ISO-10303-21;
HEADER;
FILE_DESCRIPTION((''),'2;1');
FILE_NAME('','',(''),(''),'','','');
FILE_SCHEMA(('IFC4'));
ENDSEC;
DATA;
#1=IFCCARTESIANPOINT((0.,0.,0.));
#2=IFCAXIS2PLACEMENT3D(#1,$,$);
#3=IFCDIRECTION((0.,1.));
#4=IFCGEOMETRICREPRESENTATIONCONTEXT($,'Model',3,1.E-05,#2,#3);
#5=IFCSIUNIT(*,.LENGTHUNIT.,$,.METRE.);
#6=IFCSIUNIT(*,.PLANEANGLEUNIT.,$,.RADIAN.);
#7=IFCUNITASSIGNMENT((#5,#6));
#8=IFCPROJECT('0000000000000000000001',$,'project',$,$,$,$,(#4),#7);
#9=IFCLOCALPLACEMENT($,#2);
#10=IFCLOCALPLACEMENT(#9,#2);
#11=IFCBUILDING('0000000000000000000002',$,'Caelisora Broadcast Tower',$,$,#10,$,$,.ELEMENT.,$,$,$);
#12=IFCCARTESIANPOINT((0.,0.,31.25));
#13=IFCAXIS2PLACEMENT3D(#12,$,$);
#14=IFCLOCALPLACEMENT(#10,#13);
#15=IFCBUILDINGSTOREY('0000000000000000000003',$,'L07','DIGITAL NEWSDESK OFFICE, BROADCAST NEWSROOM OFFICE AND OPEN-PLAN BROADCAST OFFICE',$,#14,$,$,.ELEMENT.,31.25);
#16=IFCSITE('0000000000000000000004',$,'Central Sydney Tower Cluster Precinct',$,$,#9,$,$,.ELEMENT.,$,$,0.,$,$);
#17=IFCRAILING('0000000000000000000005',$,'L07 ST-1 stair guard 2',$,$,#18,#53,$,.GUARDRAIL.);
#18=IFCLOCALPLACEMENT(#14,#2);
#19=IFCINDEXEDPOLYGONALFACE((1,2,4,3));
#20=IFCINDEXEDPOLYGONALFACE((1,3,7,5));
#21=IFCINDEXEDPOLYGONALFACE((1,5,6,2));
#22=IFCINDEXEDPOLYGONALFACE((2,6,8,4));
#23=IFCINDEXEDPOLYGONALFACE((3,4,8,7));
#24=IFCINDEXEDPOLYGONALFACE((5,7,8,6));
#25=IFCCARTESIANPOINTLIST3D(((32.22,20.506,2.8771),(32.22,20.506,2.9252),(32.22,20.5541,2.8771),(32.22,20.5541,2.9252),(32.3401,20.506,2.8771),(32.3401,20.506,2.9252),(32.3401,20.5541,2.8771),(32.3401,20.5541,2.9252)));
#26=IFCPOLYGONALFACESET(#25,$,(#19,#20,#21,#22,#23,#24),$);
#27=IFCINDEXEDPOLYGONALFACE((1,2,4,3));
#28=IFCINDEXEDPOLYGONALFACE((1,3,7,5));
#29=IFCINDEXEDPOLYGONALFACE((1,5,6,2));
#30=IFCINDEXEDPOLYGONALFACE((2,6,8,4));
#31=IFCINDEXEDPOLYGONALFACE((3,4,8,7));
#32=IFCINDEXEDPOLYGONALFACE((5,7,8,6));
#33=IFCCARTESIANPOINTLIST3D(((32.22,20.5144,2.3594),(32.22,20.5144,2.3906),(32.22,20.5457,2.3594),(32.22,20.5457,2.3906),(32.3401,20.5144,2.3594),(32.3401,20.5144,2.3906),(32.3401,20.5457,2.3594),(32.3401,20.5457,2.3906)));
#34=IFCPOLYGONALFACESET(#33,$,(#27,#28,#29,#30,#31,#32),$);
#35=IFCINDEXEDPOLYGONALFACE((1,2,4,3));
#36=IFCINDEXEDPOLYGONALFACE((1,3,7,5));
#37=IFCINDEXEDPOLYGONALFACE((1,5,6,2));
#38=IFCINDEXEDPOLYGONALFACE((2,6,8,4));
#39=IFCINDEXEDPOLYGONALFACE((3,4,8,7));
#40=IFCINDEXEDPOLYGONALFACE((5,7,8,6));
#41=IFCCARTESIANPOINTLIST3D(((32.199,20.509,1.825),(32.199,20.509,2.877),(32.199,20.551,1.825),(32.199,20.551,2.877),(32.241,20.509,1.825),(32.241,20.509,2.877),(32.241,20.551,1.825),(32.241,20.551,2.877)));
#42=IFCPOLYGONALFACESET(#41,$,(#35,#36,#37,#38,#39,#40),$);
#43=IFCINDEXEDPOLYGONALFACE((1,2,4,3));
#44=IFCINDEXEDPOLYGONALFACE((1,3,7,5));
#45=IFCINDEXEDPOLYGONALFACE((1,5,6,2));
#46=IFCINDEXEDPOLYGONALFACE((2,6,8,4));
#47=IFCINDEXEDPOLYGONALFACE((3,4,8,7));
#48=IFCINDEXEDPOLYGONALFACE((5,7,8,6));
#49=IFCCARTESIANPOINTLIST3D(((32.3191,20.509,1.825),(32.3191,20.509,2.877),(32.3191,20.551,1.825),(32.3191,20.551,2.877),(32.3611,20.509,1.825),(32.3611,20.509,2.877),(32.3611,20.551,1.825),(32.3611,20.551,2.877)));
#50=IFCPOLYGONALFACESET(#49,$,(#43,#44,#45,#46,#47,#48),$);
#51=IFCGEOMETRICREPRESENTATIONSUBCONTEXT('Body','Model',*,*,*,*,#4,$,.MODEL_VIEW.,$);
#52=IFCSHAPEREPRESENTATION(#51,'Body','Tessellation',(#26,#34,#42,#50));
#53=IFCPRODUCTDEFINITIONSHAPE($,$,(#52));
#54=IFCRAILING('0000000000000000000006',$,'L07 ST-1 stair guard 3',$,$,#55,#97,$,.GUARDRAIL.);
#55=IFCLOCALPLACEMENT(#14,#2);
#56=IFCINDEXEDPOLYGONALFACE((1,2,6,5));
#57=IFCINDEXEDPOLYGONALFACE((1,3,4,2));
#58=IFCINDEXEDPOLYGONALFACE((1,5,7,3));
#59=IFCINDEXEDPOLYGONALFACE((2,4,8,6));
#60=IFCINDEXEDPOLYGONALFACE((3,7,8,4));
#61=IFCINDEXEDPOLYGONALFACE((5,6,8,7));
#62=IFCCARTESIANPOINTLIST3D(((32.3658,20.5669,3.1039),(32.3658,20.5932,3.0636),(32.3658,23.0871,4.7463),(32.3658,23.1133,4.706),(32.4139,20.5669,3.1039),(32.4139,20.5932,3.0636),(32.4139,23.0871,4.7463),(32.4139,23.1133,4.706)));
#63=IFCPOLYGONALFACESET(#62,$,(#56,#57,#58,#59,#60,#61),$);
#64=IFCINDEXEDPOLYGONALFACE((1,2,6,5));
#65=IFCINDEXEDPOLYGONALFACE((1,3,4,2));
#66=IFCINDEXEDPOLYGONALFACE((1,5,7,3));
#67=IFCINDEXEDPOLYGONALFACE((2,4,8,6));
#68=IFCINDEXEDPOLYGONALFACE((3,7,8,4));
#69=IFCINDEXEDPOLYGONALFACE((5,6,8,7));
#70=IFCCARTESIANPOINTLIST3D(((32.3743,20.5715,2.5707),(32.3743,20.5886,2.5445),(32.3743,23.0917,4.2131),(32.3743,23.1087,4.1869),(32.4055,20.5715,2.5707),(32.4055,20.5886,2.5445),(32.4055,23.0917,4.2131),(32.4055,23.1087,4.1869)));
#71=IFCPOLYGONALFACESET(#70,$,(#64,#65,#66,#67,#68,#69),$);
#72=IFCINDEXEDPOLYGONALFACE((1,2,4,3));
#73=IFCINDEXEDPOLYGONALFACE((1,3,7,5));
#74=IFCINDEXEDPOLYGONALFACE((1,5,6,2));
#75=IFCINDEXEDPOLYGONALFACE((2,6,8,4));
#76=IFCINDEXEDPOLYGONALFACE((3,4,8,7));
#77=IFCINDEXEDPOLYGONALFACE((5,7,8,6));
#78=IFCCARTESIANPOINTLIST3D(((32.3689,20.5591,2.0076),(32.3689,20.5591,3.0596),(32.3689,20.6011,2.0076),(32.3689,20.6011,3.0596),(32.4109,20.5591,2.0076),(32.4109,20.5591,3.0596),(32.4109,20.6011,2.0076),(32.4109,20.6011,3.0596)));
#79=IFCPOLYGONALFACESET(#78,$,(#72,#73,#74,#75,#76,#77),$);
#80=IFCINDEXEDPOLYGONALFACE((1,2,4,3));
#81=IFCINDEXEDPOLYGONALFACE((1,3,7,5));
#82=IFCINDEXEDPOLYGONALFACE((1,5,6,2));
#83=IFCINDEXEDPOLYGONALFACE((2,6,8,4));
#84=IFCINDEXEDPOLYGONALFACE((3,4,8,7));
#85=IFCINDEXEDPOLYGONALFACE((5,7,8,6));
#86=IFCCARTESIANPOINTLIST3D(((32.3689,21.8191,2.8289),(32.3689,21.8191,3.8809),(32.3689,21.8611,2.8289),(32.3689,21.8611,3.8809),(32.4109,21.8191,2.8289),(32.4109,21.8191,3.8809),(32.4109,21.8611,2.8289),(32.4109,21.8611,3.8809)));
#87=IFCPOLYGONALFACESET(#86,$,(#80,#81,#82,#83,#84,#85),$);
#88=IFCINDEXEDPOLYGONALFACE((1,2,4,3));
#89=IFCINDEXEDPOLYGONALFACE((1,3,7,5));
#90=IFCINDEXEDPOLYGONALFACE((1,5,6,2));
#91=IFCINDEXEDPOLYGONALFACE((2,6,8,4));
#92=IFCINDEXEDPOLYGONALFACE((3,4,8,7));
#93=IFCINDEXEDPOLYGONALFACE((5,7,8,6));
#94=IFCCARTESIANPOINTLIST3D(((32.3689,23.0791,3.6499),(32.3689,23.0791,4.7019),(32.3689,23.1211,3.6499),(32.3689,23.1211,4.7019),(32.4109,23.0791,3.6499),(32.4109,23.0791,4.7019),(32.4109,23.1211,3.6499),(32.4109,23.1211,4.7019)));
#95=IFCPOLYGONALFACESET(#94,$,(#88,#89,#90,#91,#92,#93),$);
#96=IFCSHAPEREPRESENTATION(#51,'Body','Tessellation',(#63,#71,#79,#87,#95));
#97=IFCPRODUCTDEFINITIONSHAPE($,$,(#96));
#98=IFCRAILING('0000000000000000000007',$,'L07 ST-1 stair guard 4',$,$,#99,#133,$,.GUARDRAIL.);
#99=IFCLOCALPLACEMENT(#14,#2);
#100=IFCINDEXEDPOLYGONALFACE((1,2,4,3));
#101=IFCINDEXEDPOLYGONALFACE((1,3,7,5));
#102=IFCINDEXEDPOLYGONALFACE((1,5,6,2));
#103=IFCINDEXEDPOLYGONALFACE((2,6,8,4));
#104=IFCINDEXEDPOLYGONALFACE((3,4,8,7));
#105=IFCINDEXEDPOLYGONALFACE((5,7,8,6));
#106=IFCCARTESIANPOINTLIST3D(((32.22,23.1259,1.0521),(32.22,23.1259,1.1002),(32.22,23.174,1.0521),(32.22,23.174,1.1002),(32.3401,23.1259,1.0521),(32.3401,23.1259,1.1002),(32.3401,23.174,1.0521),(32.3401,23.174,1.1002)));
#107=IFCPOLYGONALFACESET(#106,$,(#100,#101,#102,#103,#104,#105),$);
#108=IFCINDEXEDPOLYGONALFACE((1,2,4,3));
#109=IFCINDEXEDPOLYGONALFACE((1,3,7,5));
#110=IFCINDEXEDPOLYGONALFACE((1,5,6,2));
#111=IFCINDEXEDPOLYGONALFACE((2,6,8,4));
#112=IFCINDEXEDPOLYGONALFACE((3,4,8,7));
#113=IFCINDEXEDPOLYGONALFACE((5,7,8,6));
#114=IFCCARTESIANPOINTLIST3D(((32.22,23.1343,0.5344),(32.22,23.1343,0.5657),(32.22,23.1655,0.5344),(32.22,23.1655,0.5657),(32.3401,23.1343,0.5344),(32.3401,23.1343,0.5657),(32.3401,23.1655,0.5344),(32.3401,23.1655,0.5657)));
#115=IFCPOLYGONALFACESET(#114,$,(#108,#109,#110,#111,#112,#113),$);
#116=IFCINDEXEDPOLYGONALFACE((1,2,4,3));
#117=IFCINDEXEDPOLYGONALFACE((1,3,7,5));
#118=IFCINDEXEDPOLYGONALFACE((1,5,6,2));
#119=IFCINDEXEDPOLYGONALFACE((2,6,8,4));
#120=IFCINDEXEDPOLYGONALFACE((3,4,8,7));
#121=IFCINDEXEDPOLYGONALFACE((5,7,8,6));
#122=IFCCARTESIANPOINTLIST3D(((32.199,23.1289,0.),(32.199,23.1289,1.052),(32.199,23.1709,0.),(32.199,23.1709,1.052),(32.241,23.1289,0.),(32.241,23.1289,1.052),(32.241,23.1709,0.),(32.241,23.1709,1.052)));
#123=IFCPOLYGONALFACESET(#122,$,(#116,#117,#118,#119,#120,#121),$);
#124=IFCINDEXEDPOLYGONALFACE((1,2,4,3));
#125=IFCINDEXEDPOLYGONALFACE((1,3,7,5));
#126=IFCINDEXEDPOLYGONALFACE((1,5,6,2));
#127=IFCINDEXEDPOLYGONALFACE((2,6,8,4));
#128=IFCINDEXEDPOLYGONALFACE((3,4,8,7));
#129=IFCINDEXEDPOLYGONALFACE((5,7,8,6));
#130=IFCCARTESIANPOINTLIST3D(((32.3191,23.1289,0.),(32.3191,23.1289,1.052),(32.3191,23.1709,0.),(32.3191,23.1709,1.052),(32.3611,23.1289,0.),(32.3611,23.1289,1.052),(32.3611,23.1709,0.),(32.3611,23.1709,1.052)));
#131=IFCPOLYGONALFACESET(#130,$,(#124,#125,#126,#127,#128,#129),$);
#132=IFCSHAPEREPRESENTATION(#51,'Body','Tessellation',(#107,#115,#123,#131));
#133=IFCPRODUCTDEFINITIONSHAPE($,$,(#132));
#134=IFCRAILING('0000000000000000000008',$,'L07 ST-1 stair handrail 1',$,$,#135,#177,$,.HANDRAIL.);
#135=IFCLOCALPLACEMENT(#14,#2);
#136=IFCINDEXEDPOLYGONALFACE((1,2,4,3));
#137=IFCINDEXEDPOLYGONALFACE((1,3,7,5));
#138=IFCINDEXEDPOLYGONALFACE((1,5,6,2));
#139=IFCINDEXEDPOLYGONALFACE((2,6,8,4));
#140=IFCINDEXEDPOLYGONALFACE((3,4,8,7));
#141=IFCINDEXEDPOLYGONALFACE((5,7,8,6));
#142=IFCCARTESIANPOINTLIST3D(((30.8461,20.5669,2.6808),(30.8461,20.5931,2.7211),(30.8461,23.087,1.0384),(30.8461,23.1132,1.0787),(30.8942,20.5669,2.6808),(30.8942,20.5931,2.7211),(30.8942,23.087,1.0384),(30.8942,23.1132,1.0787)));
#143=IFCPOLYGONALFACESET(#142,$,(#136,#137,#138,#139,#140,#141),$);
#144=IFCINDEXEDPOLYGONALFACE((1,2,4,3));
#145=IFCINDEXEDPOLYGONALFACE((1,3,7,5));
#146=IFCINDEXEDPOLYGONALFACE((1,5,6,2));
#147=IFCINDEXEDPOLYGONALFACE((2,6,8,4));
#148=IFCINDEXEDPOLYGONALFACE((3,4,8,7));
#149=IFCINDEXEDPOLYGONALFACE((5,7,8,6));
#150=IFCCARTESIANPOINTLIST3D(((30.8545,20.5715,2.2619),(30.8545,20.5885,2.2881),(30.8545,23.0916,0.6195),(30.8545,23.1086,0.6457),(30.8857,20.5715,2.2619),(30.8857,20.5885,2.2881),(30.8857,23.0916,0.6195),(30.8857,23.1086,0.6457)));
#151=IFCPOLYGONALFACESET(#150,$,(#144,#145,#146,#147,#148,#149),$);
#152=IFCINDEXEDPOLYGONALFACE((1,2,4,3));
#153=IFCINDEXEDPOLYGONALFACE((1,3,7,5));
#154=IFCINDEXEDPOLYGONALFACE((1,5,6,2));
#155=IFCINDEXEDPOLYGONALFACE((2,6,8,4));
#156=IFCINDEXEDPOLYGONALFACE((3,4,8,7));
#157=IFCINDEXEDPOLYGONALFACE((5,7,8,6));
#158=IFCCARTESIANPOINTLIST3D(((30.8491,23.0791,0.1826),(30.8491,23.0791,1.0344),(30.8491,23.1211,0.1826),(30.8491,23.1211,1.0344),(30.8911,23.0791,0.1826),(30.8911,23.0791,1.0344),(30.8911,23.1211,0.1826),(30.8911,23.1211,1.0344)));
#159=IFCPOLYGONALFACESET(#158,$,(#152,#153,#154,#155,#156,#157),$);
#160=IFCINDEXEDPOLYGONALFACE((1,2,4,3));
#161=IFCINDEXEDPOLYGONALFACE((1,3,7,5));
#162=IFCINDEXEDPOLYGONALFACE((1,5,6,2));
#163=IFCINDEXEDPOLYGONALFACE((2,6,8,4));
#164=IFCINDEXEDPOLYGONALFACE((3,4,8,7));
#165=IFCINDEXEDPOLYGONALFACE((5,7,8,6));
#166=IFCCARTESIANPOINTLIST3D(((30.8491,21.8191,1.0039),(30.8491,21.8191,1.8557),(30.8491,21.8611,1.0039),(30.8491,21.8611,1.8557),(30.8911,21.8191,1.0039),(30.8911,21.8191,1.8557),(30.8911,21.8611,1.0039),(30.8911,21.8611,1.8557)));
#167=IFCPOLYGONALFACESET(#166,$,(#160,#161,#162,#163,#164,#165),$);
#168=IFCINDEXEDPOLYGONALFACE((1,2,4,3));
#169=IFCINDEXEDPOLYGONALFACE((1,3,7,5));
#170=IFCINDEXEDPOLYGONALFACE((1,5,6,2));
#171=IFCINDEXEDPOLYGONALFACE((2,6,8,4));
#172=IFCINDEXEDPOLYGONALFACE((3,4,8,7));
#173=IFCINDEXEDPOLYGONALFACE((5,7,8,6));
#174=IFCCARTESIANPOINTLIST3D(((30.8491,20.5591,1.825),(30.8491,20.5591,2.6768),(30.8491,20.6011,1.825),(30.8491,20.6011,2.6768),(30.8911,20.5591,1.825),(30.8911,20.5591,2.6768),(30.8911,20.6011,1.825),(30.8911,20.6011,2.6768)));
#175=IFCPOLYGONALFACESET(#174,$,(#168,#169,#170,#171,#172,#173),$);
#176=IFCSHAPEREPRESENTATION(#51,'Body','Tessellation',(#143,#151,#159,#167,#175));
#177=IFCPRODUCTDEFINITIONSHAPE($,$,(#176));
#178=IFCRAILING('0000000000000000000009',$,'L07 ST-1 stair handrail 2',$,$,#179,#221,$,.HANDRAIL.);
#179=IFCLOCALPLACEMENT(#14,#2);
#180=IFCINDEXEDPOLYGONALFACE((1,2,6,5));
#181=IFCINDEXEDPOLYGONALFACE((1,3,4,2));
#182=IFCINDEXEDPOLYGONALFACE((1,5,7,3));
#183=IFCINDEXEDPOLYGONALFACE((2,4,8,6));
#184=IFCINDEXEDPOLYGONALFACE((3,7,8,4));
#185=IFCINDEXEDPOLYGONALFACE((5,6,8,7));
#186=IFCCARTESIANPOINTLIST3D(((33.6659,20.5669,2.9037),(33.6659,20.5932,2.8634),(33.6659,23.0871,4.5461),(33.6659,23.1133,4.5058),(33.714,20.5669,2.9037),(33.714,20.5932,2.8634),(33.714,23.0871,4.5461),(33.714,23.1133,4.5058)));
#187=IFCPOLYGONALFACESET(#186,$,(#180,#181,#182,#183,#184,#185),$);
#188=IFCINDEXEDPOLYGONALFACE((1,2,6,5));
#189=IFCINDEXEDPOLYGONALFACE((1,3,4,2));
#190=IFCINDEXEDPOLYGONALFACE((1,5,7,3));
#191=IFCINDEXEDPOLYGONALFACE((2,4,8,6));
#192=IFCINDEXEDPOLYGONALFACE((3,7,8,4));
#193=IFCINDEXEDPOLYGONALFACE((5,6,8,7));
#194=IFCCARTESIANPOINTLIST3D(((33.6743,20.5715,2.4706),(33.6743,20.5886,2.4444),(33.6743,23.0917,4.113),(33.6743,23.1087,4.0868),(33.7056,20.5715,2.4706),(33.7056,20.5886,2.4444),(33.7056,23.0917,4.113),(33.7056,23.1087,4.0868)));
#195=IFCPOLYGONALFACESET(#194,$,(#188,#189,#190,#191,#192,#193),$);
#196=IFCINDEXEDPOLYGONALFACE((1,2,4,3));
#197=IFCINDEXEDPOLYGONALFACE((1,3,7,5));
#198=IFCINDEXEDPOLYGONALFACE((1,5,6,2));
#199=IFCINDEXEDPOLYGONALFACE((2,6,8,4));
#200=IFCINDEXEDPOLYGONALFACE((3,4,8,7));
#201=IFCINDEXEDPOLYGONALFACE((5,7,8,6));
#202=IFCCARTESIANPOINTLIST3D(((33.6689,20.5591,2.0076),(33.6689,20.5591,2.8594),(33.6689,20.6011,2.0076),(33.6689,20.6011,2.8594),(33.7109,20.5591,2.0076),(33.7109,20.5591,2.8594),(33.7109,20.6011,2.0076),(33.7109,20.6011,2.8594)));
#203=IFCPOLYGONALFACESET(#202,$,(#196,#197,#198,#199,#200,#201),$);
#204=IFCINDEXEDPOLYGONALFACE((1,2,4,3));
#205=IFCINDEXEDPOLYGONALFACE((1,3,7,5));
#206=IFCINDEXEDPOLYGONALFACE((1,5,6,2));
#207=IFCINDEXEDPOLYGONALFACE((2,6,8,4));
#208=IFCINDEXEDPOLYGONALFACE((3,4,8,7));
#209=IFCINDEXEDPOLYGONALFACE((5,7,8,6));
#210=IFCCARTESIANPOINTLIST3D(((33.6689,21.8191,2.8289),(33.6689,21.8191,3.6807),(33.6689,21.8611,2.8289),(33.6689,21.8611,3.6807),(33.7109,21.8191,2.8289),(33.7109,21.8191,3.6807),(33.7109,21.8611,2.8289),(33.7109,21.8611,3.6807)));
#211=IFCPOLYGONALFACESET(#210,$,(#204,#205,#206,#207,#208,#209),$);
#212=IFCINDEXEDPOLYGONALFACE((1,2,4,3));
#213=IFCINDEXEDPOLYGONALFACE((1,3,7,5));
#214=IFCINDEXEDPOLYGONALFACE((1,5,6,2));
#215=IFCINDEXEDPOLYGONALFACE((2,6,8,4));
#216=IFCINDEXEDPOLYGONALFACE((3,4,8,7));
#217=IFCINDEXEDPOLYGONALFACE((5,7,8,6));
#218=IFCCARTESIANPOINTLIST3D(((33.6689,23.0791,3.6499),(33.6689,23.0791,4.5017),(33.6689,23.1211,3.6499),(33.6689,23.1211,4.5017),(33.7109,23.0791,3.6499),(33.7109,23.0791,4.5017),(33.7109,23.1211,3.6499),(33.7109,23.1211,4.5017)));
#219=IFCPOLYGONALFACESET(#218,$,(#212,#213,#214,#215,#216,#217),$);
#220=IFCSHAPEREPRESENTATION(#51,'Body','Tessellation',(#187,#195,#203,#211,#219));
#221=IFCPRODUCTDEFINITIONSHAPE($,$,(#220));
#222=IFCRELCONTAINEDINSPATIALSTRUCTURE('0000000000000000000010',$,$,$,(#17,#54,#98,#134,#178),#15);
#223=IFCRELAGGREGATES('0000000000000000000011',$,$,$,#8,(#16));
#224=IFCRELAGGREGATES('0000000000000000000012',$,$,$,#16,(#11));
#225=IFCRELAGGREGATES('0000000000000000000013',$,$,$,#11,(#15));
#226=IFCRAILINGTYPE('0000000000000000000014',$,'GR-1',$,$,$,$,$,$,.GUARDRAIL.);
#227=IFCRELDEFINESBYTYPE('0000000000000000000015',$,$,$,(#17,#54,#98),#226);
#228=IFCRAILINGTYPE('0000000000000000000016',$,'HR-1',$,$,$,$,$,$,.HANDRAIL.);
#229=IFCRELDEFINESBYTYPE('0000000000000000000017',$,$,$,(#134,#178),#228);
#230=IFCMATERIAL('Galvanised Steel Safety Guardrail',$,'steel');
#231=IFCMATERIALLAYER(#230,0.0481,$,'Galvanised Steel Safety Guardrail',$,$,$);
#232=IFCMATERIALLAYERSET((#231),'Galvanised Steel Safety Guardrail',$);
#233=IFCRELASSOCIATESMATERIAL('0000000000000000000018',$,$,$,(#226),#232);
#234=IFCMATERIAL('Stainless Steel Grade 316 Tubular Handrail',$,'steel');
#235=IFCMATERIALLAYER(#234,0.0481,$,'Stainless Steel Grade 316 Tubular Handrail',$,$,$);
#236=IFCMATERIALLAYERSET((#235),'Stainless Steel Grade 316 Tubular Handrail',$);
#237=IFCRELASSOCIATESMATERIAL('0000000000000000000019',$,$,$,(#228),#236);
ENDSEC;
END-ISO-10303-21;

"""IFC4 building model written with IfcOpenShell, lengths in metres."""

from ifc_helpers import new_model, si_unit, direction, frame, origin, origin_2d, place, context, subcontext, project, spatial, rectangle, extrude, material, layer, layer_set, type_object, element, save


model = new_model("IFC4")

# Units and contexts
model_context = context("Model", 3, precision=1e-05, world=origin(), true_north=direction((0.0, 1.0)))
body_context = subcontext(model_context, "Body", "Model", "MODEL_VIEW")
ifc_project = project(units=[si_unit("LENGTHUNIT", "METRE"), si_unit("PLANEANGLEUNIT", "RADIAN")], contexts=[model_context])

# Site, building, storey
site_placement = place(None, origin())
site = spatial("IfcSite", under=ifc_project, at=site_placement, Name="Central Sydney Tower Cluster Precinct", CompositionType="ELEMENT", RefElevation=0.0)
building_placement = place(site_placement, origin())
building = spatial("IfcBuilding", under=site, at=building_placement, Name="Caelisora Broadcast Tower", CompositionType="ELEMENT")
storey_placement = place(building_placement, frame((0.0, 0.0, 31.25)))
storey = spatial("IfcBuildingStorey", under=building, at=storey_placement, Name="L07", Description="DIGITAL NEWSDESK OFFICE, BROADCAST NEWSROOM OFFICE AND OPEN-PLAN BROADCAST OFFICE", CompositionType="ELEMENT", Elevation=31.25)

# Railings
ifc_material_1 = material(Name="Galvanised Steel Safety Guardrail", Category="steel")
ifc_layer_1 = layer(ifc_material_1, 0.0481, Name="Galvanised Steel Safety Guardrail")
ifc_layer_set_1 = layer_set([ifc_layer_1], Name="Galvanised Steel Safety Guardrail")
railing_type_1 = type_object("IfcRailingType", Name="GR-1", PredefinedType="GUARDRAIL", material=ifc_layer_set_1)
railing_1_placement = place(storey_placement, frame((32.22, 20.53, 1.825)))
element("IfcRailing", 1, at=railing_1_placement, inside=storey, type_object=railing_type_1, Name="L07 ST-1 stair guard 2", PredefinedType="GUARDRAIL", context=body_context, shape_type="SweptSolid", body=[
    extrude(rectangle(XDim=0.0481, YDim=0.0481, at=origin_2d()), frame((0.0, 0.0, 1.0762), z_axis=(1.0, 0.0, 0.0), x_axis=(0.0, 1.0, 0.0)), (0.0, 0.0, 1.0), 0.1201),
    extrude(rectangle(XDim=0.0312, YDim=0.0312, at=origin_2d()), frame((0.0, 0.0, 0.55), z_axis=(1.0, 0.0, 0.0), x_axis=(0.0, 1.0, 0.0)), (0.0, 0.0, 1.0), 0.1201),
    extrude(rectangle(XDim=0.042, YDim=0.042, at=origin_2d()), origin(), (0.0, 0.0, 1.0), 1.052),
    extrude(rectangle(XDim=0.042, YDim=0.042, at=origin_2d()), frame((0.1201, 0.0, 0.0)), (0.0, 0.0, 1.0), 1.052),
])
railing_2_placement = place(storey_placement, frame((32.3899, 20.5801, 2.0076)))
element("IfcRailing", 2, at=railing_2_placement, inside=storey, type_object=railing_type_1, Name="L07 ST-1 stair guard 3", PredefinedType="GUARDRAIL", context=body_context, shape_type="SweptSolid", body=[
    extrude(rectangle(XDim=0.0481, YDim=0.0481, at=origin_2d()), frame((0.0, 0.0, 1.0762), z_axis=(0.0, 0.837787, 0.545998), x_axis=(-1.0, 0.0, 0.0)), (0.0, 0.0, 1.0), 3.0081),
    extrude(rectangle(XDim=0.0312, YDim=0.0312, at=origin_2d()), frame((0.0, 0.0, 0.55), z_axis=(0.0, 0.837787, 0.545998), x_axis=(-1.0, 0.0, 0.0)), (0.0, 0.0, 1.0), 3.0081),
    extrude(rectangle(XDim=0.042, YDim=0.042, at=origin_2d()), origin(), (0.0, 0.0, 1.0), 1.052),
    extrude(rectangle(XDim=0.042, YDim=0.042, at=origin_2d()), frame((0.0, 1.26, 0.8213)), (0.0, 0.0, 1.0), 1.052),
    extrude(rectangle(XDim=0.042, YDim=0.042, at=origin_2d()), frame((0.0, 2.52, 1.6423)), (0.0, 0.0, 1.0), 1.052),
])
railing_3_placement = place(storey_placement, frame((32.22, 23.1499, 0.0)))
element("IfcRailing", 3, at=railing_3_placement, inside=storey, type_object=railing_type_1, Name="L07 ST-1 stair guard 4", PredefinedType="GUARDRAIL", context=body_context, shape_type="SweptSolid", body=[
    extrude(rectangle(XDim=0.0481, YDim=0.0481, at=origin_2d()), frame((0.0, 0.0, 1.0762), z_axis=(1.0, 0.0, 0.0), x_axis=(0.0, 1.0, 0.0)), (0.0, 0.0, 1.0), 0.1201),
    extrude(rectangle(XDim=0.0312, YDim=0.0312, at=origin_2d()), frame((0.0, 0.0, 0.55), z_axis=(1.0, 0.0, 0.0), x_axis=(0.0, 1.0, 0.0)), (0.0, 0.0, 1.0), 0.1201),
    extrude(rectangle(XDim=0.042, YDim=0.042, at=origin_2d()), origin(), (0.0, 0.0, 1.0), 1.052),
    extrude(rectangle(XDim=0.042, YDim=0.042, at=origin_2d()), frame((0.1201, 0.0, 0.0)), (0.0, 0.0, 1.0), 1.052),
])
ifc_material_2 = material(Name="Stainless Steel Grade 316 Tubular Handrail", Category="steel")
ifc_layer_2 = layer(ifc_material_2, 0.0481, Name="Stainless Steel Grade 316 Tubular Handrail")
ifc_layer_set_2 = layer_set([ifc_layer_2], Name="Stainless Steel Grade 316 Tubular Handrail")
railing_type_2 = type_object("IfcRailingType", Name="HR-1", PredefinedType="HANDRAIL", material=ifc_layer_set_2)
railing_4_placement = place(storey_placement, frame((30.8701, 23.1001, 0.1826)))
element("IfcRailing", 4, at=railing_4_placement, inside=storey, type_object=railing_type_2, Name="L07 ST-1 stair handrail 1", PredefinedType="HANDRAIL", context=body_context, shape_type="SweptSolid", body=[
    extrude(rectangle(XDim=0.0481, YDim=0.0481, at=origin_2d()), frame((0.0, 0.0, 0.876), z_axis=(0.0, -0.837787, 0.545998), x_axis=(1.0, 0.0, 0.0)), (0.0, 0.0, 1.0), 3.0081),
    extrude(rectangle(XDim=0.0312, YDim=0.0312, at=origin_2d()), frame((0.0, 0.0, 0.45), z_axis=(0.0, -0.837787, 0.545998), x_axis=(1.0, 0.0, 0.0)), (0.0, 0.0, 1.0), 3.0081),
    extrude(rectangle(XDim=0.042, YDim=0.042, at=origin_2d()), origin(), (0.0, 0.0, 1.0), 0.8518),
    extrude(rectangle(XDim=0.042, YDim=0.042, at=origin_2d()), frame((0.0, -1.26, 0.8213)), (0.0, 0.0, 1.0), 0.8518),
    extrude(rectangle(XDim=0.042, YDim=0.042, at=origin_2d()), frame((0.0, -2.52, 1.6423)), (0.0, 0.0, 1.0), 0.8518),
])
railing_5_placement = place(storey_placement, frame((33.6899, 20.5801, 2.0076)))
element("IfcRailing", 5, at=railing_5_placement, inside=storey, type_object=railing_type_2, Name="L07 ST-1 stair handrail 2", PredefinedType="HANDRAIL", context=body_context, shape_type="SweptSolid", body=[
    extrude(rectangle(XDim=0.0481, YDim=0.0481, at=origin_2d()), frame((0.0, 0.0, 0.876), z_axis=(0.0, 0.837787, 0.545998), x_axis=(-1.0, 0.0, 0.0)), (0.0, 0.0, 1.0), 3.0081),
    extrude(rectangle(XDim=0.0312, YDim=0.0312, at=origin_2d()), frame((0.0, 0.0, 0.45), z_axis=(0.0, 0.837787, 0.545998), x_axis=(-1.0, 0.0, 0.0)), (0.0, 0.0, 1.0), 3.0081),
    extrude(rectangle(XDim=0.042, YDim=0.042, at=origin_2d()), origin(), (0.0, 0.0, 1.0), 0.8518),
    extrude(rectangle(XDim=0.042, YDim=0.042, at=origin_2d()), frame((0.0, 1.26, 0.8213)), (0.0, 0.0, 1.0), 0.8518),
    extrude(rectangle(XDim=0.042, YDim=0.042, at=origin_2d()), frame((0.0, 2.52, 1.6423)), (0.0, 0.0, 1.0), 0.8518),
])

save(model, "model.ifc")
